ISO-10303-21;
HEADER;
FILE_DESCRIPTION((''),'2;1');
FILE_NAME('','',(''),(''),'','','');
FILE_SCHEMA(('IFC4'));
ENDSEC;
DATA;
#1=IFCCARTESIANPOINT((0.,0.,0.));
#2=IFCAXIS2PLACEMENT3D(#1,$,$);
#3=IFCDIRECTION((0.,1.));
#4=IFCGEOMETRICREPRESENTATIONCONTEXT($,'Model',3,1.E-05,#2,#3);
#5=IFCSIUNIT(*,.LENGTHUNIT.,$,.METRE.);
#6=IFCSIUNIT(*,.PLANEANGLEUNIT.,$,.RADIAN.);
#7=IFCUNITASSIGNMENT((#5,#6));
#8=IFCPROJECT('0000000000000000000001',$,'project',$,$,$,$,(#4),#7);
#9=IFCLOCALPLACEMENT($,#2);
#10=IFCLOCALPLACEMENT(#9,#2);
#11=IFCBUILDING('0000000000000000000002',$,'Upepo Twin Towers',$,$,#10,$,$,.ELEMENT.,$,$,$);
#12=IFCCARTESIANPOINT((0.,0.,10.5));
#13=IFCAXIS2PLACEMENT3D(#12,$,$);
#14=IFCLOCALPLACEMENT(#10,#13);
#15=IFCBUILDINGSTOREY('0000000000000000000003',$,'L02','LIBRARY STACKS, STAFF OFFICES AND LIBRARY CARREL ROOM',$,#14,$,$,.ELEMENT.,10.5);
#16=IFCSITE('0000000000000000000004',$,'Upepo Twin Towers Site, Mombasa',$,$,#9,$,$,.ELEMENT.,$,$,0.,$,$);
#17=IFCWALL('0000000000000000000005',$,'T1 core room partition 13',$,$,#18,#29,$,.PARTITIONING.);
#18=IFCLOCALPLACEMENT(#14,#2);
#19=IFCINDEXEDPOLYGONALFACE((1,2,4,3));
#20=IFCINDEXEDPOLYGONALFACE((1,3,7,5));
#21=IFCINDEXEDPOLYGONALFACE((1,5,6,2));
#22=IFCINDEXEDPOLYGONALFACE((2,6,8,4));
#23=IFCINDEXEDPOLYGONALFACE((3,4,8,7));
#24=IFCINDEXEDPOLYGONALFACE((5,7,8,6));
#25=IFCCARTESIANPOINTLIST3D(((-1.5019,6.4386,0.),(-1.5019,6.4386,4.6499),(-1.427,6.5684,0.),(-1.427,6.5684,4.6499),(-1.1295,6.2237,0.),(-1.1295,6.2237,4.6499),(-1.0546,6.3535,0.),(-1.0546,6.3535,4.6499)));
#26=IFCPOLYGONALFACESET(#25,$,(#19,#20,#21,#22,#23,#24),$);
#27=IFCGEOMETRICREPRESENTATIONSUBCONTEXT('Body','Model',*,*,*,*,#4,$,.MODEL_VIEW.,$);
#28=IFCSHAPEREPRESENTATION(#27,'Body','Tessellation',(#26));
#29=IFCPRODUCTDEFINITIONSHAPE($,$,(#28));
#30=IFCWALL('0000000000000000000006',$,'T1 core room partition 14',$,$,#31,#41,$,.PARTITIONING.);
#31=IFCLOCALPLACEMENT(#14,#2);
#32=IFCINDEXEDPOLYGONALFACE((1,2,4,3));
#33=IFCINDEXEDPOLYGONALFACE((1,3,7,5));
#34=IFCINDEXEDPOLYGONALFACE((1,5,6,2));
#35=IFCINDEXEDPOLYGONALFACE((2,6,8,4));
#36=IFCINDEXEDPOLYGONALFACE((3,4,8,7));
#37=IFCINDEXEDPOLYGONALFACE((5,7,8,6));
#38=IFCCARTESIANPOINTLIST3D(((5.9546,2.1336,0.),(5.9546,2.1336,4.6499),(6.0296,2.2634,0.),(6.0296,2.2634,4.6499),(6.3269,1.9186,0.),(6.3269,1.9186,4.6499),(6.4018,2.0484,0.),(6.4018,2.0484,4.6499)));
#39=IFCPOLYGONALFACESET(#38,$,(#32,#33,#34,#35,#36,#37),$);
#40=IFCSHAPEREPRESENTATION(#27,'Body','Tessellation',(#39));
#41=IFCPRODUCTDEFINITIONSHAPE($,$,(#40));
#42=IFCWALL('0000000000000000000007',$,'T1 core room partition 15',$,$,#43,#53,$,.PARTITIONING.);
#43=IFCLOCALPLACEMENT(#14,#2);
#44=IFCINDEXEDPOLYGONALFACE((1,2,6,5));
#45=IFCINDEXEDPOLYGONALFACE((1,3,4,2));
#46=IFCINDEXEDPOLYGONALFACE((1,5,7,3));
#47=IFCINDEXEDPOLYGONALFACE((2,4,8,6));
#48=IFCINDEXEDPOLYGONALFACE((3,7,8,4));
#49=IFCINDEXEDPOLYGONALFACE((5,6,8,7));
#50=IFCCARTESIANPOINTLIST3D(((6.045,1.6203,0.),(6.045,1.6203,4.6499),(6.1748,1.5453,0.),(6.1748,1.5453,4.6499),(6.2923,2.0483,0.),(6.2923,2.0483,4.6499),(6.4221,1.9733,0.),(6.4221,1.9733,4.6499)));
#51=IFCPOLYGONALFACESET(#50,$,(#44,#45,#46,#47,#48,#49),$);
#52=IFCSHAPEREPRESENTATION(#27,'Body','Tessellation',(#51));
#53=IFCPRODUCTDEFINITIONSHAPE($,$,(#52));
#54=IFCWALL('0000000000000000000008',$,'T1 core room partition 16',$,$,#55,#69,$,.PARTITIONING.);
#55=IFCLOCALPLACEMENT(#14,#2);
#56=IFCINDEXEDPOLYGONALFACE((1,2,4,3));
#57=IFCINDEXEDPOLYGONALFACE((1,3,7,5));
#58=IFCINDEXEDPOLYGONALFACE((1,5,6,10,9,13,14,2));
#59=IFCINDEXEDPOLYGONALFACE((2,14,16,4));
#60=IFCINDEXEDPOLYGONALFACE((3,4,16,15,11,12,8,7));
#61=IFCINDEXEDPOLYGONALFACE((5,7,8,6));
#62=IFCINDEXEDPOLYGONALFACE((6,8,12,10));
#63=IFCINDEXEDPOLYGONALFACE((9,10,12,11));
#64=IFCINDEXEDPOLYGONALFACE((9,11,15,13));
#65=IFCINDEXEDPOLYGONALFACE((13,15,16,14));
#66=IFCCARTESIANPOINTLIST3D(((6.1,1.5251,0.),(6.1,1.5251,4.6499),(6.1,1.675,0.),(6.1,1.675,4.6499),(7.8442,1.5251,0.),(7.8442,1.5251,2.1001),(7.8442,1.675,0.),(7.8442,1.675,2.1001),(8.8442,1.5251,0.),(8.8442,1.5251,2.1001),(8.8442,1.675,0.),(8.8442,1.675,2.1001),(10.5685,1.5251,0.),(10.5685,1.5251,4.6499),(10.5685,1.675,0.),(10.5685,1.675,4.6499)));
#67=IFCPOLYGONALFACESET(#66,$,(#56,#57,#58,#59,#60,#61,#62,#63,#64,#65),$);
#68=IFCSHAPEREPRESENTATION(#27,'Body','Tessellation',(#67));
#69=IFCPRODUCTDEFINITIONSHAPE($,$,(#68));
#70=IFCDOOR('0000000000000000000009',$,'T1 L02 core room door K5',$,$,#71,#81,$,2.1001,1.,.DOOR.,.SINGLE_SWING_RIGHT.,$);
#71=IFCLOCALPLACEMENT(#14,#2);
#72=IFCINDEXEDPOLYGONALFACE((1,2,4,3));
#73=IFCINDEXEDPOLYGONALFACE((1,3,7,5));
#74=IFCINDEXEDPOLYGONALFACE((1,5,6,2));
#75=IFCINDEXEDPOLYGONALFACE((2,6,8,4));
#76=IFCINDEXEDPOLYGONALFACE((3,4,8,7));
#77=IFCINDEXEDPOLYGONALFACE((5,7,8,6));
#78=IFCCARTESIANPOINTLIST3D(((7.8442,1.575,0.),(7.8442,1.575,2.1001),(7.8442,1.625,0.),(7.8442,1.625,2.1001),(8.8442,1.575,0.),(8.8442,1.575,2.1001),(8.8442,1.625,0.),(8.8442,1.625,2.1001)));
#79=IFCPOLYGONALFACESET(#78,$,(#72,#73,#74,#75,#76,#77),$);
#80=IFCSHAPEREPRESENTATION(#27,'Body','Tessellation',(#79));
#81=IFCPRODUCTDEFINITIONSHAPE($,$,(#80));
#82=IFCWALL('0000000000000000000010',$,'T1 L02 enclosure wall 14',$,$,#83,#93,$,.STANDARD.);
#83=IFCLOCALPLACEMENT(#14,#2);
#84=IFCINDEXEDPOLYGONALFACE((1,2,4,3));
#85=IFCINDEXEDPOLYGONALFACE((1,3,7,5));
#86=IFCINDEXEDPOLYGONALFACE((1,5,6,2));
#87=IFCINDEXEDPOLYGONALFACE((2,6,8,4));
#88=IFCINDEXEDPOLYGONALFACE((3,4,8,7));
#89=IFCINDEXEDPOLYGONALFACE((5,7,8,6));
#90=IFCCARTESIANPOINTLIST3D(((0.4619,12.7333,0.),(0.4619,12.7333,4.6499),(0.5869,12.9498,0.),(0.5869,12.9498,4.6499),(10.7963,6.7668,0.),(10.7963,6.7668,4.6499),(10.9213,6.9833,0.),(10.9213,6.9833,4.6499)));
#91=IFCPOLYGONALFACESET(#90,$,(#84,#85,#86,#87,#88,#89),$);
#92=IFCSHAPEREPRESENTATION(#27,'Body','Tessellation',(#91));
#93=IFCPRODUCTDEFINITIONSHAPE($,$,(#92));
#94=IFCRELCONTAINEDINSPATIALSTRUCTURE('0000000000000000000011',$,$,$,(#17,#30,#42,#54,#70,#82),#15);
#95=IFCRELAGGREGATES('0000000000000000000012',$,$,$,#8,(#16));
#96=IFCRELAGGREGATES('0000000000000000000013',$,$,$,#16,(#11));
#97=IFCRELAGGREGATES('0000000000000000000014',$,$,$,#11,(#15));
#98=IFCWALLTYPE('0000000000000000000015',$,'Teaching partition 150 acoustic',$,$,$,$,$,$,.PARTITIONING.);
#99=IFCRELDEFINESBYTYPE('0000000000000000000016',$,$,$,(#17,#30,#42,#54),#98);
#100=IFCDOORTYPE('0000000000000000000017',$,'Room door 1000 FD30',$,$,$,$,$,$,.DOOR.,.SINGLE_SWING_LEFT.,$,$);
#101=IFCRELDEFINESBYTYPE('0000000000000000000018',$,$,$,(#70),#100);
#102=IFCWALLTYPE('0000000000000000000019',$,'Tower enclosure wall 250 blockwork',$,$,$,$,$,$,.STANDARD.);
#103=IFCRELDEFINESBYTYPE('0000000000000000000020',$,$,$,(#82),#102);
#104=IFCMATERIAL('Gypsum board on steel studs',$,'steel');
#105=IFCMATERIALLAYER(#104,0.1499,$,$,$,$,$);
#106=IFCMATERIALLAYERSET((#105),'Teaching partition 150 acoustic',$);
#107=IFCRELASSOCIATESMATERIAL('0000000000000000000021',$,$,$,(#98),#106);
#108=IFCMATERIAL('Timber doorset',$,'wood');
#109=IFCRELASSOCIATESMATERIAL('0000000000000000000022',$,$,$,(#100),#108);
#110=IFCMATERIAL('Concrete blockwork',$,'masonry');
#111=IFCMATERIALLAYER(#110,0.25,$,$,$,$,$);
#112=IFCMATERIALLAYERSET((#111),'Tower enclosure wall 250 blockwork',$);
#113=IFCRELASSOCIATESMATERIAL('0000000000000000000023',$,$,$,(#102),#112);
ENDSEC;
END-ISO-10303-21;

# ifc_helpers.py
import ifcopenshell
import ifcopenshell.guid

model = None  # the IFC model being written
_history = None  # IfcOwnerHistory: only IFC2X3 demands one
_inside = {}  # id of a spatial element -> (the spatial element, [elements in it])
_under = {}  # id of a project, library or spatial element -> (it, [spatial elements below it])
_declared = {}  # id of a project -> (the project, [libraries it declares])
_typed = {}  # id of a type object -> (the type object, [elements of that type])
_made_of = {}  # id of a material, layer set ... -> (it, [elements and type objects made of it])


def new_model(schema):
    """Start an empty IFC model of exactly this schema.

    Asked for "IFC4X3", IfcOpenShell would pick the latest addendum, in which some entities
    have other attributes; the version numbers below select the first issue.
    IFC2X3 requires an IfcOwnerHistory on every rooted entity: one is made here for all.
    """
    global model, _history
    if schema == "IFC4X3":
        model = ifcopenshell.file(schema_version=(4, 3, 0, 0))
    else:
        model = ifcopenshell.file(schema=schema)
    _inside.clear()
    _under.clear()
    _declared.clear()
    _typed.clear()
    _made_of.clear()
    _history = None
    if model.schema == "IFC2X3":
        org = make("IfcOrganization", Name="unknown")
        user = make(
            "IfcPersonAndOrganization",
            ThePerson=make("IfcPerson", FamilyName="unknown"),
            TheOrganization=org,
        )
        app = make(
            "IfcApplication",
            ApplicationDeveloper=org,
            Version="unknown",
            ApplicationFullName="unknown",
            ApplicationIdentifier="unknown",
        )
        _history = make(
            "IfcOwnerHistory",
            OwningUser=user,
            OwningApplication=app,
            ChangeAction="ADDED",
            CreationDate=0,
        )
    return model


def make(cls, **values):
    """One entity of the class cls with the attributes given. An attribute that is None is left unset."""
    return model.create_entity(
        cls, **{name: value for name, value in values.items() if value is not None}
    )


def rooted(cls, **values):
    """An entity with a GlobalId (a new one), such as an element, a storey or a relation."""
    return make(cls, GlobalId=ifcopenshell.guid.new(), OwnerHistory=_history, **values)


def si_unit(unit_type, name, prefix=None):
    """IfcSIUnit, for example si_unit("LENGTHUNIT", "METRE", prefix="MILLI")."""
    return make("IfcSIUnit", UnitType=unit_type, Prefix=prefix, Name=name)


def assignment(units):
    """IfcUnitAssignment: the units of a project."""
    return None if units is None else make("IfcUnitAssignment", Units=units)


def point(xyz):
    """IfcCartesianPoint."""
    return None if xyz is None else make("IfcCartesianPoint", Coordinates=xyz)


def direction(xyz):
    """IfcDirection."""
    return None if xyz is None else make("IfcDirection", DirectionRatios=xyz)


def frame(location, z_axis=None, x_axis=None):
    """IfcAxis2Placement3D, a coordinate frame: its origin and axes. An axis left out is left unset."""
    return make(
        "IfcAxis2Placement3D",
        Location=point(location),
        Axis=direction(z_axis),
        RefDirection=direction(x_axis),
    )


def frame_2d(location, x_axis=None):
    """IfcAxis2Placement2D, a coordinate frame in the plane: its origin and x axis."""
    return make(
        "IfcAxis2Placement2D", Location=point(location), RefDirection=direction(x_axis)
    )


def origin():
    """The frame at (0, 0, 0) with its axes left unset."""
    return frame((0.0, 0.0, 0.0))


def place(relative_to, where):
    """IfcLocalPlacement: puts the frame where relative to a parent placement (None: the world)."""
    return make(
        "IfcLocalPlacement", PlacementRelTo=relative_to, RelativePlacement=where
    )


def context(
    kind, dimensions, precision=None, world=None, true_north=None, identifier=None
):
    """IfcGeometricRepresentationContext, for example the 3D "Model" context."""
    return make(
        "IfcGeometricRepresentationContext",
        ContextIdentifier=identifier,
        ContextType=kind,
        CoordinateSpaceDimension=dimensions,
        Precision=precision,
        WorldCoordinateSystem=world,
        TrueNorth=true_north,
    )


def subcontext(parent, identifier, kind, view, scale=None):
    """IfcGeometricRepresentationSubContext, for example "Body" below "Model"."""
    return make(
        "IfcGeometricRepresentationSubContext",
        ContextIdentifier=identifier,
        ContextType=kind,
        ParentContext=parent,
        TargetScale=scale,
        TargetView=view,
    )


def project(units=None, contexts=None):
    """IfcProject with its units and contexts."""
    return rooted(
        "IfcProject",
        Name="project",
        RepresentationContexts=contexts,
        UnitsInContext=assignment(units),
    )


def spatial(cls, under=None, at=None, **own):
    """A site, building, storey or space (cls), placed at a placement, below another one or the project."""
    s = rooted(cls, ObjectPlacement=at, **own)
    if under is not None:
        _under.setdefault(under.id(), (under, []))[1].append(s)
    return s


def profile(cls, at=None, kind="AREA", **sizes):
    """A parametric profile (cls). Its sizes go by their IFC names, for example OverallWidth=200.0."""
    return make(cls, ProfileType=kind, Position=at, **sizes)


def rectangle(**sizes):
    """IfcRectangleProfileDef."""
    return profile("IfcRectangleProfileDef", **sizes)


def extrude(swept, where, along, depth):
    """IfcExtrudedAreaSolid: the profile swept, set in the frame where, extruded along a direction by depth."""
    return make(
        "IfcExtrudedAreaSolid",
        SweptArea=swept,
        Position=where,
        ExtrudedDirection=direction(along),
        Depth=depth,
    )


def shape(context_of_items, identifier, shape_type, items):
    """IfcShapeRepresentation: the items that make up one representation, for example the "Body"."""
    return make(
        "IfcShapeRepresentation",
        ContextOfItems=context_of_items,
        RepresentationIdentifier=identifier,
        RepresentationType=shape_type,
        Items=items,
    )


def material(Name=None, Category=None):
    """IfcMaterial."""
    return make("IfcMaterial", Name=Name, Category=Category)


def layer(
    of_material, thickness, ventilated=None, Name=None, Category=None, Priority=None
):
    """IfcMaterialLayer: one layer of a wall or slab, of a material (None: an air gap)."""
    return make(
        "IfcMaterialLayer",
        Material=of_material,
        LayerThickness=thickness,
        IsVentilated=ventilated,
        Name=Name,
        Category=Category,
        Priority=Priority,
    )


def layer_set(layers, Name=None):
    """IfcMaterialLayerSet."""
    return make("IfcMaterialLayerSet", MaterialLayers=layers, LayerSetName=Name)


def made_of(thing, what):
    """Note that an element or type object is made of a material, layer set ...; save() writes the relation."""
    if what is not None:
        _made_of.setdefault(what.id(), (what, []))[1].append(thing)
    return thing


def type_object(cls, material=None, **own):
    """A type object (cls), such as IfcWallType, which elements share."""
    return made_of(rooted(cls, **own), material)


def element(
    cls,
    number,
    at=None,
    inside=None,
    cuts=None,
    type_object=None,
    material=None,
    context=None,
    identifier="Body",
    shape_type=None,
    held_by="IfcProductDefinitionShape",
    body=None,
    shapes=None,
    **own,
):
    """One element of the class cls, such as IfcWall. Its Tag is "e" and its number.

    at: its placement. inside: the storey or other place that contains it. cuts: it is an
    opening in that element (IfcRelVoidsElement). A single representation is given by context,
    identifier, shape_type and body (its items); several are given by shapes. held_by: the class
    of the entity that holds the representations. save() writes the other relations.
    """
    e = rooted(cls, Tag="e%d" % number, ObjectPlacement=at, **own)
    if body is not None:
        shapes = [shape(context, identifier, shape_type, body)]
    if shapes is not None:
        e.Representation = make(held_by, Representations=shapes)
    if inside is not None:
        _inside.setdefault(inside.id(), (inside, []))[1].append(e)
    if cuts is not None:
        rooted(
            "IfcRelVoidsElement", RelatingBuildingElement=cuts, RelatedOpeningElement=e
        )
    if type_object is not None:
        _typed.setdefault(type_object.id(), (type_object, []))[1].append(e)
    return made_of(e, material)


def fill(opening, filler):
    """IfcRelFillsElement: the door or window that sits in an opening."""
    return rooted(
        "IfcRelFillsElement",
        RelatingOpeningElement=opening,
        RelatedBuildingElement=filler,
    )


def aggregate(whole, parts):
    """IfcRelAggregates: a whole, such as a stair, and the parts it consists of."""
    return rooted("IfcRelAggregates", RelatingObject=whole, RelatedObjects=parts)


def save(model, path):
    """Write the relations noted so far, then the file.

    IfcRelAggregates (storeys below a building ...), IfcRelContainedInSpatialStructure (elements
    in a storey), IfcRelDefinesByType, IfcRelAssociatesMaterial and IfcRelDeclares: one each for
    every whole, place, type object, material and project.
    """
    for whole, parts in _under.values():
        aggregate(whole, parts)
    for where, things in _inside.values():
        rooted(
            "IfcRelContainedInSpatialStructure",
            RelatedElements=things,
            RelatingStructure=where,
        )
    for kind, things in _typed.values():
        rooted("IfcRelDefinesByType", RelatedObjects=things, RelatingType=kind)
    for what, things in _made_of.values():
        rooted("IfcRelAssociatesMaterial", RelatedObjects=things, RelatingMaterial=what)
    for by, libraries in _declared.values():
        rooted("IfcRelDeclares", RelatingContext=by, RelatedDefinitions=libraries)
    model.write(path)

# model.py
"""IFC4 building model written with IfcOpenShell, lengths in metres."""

from ifc_helpers import new_model, si_unit, direction, frame, frame_2d, origin, place, context, subcontext, project, spatial, rectangle, extrude, material, layer, layer_set, type_object, element, fill, save


model = new_model("IFC4")

# Units and contexts
model_context = context("Model", 3, precision=1e-05, world=origin(), true_north=direction((0.0, 1.0)))
body_context = subcontext(model_context, "Body", "Model", "MODEL_VIEW")
ifc_project = project(units=[si_unit("LENGTHUNIT", "METRE"), si_unit("PLANEANGLEUNIT", "RADIAN")], contexts=[model_context])

# Site, building, storey
site_placement = place(None, origin())
site = spatial("IfcSite", under=ifc_project, at=site_placement, Name="Upepo Twin Towers Site, Mombasa", CompositionType="ELEMENT", RefElevation=0.0)
building_placement = place(site_placement, origin())
building = spatial("IfcBuilding", under=site, at=building_placement, Name="Upepo Twin Towers", CompositionType="ELEMENT")
storey_placement = place(building_placement, frame((0.0, 0.0, 10.5)))
storey = spatial("IfcBuildingStorey", under=building, at=storey_placement, Name="L02", Description="LIBRARY STACKS, STAFF OFFICES AND LIBRARY CARREL ROOM", CompositionType="ELEMENT", Elevation=10.5)

# Walls
ifc_material_1 = material(Name="Gypsum board on steel studs", Category="steel")
ifc_layer_1 = layer(ifc_material_1, 0.1499)
ifc_layer_set_1 = layer_set([ifc_layer_1], Name="Teaching partition 150 acoustic")
wall_type_1 = type_object("IfcWallType", Name="Teaching partition 150 acoustic", PredefinedType="PARTITIONING", material=ifc_layer_set_1)
for number, where, z_axis, x_axis, name in (
    (1, (-1.4644, 6.5034, 0.0), (0.0, 0.0, 1.0), (0.866138, -0.499804, 0.0), "T1 core room partition 13"),
    (2, (5.9922, 2.1985, 0.0), (0.0, 0.0, 1.0), (0.865892, -0.50023, 0.0), "T1 core room partition 14"),
):
    element("IfcWall", number, at=place(storey_placement, frame(where, z_axis=z_axis, x_axis=x_axis)), inside=storey, type_object=wall_type_1, Name=name, PredefinedType="PARTITIONING", context=body_context, shape_type="SweptSolid", body=[
        extrude(rectangle(XDim=0.4299, YDim=0.1499, at=frame_2d((0.2148, 0.0))), origin(), (0.0, 0.0, 1.0), 4.6499),
    ])
wall_1_placement = place(storey_placement, frame((6.3572, 2.0107, 0.0), z_axis=(0.0, 0.0, 1.0), x_axis=(-0.500335, -0.865832, 0.0)))
element("IfcWall", 3, at=wall_1_placement, inside=storey, type_object=wall_type_1, Name="T1 core room partition 15", PredefinedType="PARTITIONING", context=body_context, shape_type="SweptSolid", body=[
    extrude(rectangle(XDim=0.4944, YDim=0.1499, at=frame_2d((0.2471, 0.0))), origin(), (0.0, 0.0, 1.0), 4.6499),
])

# Wall, opening, door
wall_2_placement = place(storey_placement, frame((6.0999, 1.6001, 0.0), z_axis=(0.0, 0.0, 1.0), x_axis=(1.0, 0.0, 0.0)))
wall_2 = element("IfcWall", 4, at=wall_2_placement, inside=storey, type_object=wall_type_1, Name="T1 core room partition 16", PredefinedType="PARTITIONING", context=body_context, shape_type="SweptSolid", body=[
    extrude(rectangle(XDim=4.4685, YDim=0.1499, at=frame_2d((2.2344, 0.0))), origin(), (0.0, 0.0, 1.0), 4.6499),
])
opening_1_placement = place(wall_2_placement, frame((1.7444, 0.0, 0.0)))
opening_1 = element("IfcOpeningElement", 5, at=opening_1_placement, cuts=wall_2, PredefinedType="OPENING", context=body_context, shape_type="SweptSolid", body=[
    extrude(rectangle(XDim=1.0, YDim=2.1001, at=frame_2d((0.5, 1.05))), frame((0.0, 0.085, 0.0), z_axis=(0.0, -1.0, 0.0), x_axis=(1.0, 0.0, 0.0)), (0.0, 0.0, 1.0), 0.1699),
])
ifc_material_2 = material(Name="Timber doorset", Category="wood")
door_type_1 = type_object("IfcDoorType", Name="Room door 1000 FD30", OperationType="SINGLE_SWING_LEFT", PredefinedType="DOOR", material=ifc_material_2)
door_1_placement = place(opening_1_placement, origin())
door_1 = element("IfcDoor", 6, at=door_1_placement, inside=storey, type_object=door_type_1, Name="T1 L02 core room door K5", OperationType="SINGLE_SWING_RIGHT", OverallHeight=2.1001, OverallWidth=1.0, PredefinedType="DOOR", context=body_context, shape_type="SweptSolid", body=[
    extrude(rectangle(XDim=1.0, YDim=2.1001, at=frame_2d((0.5, 1.05))), frame((0.0, 0.0249, 0.0), z_axis=(0.0, -1.0, 0.0), x_axis=(1.0, 0.0, 0.0)), (0.0, 0.0, 1.0), 0.05),
])
fill(opening_1, door_1)

# Wall
ifc_material_3 = material(Name="Concrete blockwork", Category="masonry")
ifc_layer_2 = layer(ifc_material_3, 0.25)
ifc_layer_set_2 = layer_set([ifc_layer_2], Name="Tower enclosure wall 250 blockwork")
wall_type_2 = type_object("IfcWallType", Name="Tower enclosure wall 250 blockwork", PredefinedType="STANDARD", material=ifc_layer_set_2)
wall_3_placement = place(storey_placement, frame((0.5244, 12.8416, 0.0), z_axis=(0.0, 0.0, 1.0), x_axis=(0.866028, -0.499996, 0.0)))
element("IfcWall", 7, at=wall_3_placement, inside=storey, type_object=wall_type_2, Name="T1 L02 enclosure wall 14", PredefinedType="STANDARD", context=body_context, shape_type="SweptSolid", body=[
    extrude(rectangle(XDim=11.9331, YDim=0.25, at=frame_2d((5.9666, 0.0))), origin(), (0.0, 0.0, 1.0), 4.6499),
])

save(model, "model.ifc")
